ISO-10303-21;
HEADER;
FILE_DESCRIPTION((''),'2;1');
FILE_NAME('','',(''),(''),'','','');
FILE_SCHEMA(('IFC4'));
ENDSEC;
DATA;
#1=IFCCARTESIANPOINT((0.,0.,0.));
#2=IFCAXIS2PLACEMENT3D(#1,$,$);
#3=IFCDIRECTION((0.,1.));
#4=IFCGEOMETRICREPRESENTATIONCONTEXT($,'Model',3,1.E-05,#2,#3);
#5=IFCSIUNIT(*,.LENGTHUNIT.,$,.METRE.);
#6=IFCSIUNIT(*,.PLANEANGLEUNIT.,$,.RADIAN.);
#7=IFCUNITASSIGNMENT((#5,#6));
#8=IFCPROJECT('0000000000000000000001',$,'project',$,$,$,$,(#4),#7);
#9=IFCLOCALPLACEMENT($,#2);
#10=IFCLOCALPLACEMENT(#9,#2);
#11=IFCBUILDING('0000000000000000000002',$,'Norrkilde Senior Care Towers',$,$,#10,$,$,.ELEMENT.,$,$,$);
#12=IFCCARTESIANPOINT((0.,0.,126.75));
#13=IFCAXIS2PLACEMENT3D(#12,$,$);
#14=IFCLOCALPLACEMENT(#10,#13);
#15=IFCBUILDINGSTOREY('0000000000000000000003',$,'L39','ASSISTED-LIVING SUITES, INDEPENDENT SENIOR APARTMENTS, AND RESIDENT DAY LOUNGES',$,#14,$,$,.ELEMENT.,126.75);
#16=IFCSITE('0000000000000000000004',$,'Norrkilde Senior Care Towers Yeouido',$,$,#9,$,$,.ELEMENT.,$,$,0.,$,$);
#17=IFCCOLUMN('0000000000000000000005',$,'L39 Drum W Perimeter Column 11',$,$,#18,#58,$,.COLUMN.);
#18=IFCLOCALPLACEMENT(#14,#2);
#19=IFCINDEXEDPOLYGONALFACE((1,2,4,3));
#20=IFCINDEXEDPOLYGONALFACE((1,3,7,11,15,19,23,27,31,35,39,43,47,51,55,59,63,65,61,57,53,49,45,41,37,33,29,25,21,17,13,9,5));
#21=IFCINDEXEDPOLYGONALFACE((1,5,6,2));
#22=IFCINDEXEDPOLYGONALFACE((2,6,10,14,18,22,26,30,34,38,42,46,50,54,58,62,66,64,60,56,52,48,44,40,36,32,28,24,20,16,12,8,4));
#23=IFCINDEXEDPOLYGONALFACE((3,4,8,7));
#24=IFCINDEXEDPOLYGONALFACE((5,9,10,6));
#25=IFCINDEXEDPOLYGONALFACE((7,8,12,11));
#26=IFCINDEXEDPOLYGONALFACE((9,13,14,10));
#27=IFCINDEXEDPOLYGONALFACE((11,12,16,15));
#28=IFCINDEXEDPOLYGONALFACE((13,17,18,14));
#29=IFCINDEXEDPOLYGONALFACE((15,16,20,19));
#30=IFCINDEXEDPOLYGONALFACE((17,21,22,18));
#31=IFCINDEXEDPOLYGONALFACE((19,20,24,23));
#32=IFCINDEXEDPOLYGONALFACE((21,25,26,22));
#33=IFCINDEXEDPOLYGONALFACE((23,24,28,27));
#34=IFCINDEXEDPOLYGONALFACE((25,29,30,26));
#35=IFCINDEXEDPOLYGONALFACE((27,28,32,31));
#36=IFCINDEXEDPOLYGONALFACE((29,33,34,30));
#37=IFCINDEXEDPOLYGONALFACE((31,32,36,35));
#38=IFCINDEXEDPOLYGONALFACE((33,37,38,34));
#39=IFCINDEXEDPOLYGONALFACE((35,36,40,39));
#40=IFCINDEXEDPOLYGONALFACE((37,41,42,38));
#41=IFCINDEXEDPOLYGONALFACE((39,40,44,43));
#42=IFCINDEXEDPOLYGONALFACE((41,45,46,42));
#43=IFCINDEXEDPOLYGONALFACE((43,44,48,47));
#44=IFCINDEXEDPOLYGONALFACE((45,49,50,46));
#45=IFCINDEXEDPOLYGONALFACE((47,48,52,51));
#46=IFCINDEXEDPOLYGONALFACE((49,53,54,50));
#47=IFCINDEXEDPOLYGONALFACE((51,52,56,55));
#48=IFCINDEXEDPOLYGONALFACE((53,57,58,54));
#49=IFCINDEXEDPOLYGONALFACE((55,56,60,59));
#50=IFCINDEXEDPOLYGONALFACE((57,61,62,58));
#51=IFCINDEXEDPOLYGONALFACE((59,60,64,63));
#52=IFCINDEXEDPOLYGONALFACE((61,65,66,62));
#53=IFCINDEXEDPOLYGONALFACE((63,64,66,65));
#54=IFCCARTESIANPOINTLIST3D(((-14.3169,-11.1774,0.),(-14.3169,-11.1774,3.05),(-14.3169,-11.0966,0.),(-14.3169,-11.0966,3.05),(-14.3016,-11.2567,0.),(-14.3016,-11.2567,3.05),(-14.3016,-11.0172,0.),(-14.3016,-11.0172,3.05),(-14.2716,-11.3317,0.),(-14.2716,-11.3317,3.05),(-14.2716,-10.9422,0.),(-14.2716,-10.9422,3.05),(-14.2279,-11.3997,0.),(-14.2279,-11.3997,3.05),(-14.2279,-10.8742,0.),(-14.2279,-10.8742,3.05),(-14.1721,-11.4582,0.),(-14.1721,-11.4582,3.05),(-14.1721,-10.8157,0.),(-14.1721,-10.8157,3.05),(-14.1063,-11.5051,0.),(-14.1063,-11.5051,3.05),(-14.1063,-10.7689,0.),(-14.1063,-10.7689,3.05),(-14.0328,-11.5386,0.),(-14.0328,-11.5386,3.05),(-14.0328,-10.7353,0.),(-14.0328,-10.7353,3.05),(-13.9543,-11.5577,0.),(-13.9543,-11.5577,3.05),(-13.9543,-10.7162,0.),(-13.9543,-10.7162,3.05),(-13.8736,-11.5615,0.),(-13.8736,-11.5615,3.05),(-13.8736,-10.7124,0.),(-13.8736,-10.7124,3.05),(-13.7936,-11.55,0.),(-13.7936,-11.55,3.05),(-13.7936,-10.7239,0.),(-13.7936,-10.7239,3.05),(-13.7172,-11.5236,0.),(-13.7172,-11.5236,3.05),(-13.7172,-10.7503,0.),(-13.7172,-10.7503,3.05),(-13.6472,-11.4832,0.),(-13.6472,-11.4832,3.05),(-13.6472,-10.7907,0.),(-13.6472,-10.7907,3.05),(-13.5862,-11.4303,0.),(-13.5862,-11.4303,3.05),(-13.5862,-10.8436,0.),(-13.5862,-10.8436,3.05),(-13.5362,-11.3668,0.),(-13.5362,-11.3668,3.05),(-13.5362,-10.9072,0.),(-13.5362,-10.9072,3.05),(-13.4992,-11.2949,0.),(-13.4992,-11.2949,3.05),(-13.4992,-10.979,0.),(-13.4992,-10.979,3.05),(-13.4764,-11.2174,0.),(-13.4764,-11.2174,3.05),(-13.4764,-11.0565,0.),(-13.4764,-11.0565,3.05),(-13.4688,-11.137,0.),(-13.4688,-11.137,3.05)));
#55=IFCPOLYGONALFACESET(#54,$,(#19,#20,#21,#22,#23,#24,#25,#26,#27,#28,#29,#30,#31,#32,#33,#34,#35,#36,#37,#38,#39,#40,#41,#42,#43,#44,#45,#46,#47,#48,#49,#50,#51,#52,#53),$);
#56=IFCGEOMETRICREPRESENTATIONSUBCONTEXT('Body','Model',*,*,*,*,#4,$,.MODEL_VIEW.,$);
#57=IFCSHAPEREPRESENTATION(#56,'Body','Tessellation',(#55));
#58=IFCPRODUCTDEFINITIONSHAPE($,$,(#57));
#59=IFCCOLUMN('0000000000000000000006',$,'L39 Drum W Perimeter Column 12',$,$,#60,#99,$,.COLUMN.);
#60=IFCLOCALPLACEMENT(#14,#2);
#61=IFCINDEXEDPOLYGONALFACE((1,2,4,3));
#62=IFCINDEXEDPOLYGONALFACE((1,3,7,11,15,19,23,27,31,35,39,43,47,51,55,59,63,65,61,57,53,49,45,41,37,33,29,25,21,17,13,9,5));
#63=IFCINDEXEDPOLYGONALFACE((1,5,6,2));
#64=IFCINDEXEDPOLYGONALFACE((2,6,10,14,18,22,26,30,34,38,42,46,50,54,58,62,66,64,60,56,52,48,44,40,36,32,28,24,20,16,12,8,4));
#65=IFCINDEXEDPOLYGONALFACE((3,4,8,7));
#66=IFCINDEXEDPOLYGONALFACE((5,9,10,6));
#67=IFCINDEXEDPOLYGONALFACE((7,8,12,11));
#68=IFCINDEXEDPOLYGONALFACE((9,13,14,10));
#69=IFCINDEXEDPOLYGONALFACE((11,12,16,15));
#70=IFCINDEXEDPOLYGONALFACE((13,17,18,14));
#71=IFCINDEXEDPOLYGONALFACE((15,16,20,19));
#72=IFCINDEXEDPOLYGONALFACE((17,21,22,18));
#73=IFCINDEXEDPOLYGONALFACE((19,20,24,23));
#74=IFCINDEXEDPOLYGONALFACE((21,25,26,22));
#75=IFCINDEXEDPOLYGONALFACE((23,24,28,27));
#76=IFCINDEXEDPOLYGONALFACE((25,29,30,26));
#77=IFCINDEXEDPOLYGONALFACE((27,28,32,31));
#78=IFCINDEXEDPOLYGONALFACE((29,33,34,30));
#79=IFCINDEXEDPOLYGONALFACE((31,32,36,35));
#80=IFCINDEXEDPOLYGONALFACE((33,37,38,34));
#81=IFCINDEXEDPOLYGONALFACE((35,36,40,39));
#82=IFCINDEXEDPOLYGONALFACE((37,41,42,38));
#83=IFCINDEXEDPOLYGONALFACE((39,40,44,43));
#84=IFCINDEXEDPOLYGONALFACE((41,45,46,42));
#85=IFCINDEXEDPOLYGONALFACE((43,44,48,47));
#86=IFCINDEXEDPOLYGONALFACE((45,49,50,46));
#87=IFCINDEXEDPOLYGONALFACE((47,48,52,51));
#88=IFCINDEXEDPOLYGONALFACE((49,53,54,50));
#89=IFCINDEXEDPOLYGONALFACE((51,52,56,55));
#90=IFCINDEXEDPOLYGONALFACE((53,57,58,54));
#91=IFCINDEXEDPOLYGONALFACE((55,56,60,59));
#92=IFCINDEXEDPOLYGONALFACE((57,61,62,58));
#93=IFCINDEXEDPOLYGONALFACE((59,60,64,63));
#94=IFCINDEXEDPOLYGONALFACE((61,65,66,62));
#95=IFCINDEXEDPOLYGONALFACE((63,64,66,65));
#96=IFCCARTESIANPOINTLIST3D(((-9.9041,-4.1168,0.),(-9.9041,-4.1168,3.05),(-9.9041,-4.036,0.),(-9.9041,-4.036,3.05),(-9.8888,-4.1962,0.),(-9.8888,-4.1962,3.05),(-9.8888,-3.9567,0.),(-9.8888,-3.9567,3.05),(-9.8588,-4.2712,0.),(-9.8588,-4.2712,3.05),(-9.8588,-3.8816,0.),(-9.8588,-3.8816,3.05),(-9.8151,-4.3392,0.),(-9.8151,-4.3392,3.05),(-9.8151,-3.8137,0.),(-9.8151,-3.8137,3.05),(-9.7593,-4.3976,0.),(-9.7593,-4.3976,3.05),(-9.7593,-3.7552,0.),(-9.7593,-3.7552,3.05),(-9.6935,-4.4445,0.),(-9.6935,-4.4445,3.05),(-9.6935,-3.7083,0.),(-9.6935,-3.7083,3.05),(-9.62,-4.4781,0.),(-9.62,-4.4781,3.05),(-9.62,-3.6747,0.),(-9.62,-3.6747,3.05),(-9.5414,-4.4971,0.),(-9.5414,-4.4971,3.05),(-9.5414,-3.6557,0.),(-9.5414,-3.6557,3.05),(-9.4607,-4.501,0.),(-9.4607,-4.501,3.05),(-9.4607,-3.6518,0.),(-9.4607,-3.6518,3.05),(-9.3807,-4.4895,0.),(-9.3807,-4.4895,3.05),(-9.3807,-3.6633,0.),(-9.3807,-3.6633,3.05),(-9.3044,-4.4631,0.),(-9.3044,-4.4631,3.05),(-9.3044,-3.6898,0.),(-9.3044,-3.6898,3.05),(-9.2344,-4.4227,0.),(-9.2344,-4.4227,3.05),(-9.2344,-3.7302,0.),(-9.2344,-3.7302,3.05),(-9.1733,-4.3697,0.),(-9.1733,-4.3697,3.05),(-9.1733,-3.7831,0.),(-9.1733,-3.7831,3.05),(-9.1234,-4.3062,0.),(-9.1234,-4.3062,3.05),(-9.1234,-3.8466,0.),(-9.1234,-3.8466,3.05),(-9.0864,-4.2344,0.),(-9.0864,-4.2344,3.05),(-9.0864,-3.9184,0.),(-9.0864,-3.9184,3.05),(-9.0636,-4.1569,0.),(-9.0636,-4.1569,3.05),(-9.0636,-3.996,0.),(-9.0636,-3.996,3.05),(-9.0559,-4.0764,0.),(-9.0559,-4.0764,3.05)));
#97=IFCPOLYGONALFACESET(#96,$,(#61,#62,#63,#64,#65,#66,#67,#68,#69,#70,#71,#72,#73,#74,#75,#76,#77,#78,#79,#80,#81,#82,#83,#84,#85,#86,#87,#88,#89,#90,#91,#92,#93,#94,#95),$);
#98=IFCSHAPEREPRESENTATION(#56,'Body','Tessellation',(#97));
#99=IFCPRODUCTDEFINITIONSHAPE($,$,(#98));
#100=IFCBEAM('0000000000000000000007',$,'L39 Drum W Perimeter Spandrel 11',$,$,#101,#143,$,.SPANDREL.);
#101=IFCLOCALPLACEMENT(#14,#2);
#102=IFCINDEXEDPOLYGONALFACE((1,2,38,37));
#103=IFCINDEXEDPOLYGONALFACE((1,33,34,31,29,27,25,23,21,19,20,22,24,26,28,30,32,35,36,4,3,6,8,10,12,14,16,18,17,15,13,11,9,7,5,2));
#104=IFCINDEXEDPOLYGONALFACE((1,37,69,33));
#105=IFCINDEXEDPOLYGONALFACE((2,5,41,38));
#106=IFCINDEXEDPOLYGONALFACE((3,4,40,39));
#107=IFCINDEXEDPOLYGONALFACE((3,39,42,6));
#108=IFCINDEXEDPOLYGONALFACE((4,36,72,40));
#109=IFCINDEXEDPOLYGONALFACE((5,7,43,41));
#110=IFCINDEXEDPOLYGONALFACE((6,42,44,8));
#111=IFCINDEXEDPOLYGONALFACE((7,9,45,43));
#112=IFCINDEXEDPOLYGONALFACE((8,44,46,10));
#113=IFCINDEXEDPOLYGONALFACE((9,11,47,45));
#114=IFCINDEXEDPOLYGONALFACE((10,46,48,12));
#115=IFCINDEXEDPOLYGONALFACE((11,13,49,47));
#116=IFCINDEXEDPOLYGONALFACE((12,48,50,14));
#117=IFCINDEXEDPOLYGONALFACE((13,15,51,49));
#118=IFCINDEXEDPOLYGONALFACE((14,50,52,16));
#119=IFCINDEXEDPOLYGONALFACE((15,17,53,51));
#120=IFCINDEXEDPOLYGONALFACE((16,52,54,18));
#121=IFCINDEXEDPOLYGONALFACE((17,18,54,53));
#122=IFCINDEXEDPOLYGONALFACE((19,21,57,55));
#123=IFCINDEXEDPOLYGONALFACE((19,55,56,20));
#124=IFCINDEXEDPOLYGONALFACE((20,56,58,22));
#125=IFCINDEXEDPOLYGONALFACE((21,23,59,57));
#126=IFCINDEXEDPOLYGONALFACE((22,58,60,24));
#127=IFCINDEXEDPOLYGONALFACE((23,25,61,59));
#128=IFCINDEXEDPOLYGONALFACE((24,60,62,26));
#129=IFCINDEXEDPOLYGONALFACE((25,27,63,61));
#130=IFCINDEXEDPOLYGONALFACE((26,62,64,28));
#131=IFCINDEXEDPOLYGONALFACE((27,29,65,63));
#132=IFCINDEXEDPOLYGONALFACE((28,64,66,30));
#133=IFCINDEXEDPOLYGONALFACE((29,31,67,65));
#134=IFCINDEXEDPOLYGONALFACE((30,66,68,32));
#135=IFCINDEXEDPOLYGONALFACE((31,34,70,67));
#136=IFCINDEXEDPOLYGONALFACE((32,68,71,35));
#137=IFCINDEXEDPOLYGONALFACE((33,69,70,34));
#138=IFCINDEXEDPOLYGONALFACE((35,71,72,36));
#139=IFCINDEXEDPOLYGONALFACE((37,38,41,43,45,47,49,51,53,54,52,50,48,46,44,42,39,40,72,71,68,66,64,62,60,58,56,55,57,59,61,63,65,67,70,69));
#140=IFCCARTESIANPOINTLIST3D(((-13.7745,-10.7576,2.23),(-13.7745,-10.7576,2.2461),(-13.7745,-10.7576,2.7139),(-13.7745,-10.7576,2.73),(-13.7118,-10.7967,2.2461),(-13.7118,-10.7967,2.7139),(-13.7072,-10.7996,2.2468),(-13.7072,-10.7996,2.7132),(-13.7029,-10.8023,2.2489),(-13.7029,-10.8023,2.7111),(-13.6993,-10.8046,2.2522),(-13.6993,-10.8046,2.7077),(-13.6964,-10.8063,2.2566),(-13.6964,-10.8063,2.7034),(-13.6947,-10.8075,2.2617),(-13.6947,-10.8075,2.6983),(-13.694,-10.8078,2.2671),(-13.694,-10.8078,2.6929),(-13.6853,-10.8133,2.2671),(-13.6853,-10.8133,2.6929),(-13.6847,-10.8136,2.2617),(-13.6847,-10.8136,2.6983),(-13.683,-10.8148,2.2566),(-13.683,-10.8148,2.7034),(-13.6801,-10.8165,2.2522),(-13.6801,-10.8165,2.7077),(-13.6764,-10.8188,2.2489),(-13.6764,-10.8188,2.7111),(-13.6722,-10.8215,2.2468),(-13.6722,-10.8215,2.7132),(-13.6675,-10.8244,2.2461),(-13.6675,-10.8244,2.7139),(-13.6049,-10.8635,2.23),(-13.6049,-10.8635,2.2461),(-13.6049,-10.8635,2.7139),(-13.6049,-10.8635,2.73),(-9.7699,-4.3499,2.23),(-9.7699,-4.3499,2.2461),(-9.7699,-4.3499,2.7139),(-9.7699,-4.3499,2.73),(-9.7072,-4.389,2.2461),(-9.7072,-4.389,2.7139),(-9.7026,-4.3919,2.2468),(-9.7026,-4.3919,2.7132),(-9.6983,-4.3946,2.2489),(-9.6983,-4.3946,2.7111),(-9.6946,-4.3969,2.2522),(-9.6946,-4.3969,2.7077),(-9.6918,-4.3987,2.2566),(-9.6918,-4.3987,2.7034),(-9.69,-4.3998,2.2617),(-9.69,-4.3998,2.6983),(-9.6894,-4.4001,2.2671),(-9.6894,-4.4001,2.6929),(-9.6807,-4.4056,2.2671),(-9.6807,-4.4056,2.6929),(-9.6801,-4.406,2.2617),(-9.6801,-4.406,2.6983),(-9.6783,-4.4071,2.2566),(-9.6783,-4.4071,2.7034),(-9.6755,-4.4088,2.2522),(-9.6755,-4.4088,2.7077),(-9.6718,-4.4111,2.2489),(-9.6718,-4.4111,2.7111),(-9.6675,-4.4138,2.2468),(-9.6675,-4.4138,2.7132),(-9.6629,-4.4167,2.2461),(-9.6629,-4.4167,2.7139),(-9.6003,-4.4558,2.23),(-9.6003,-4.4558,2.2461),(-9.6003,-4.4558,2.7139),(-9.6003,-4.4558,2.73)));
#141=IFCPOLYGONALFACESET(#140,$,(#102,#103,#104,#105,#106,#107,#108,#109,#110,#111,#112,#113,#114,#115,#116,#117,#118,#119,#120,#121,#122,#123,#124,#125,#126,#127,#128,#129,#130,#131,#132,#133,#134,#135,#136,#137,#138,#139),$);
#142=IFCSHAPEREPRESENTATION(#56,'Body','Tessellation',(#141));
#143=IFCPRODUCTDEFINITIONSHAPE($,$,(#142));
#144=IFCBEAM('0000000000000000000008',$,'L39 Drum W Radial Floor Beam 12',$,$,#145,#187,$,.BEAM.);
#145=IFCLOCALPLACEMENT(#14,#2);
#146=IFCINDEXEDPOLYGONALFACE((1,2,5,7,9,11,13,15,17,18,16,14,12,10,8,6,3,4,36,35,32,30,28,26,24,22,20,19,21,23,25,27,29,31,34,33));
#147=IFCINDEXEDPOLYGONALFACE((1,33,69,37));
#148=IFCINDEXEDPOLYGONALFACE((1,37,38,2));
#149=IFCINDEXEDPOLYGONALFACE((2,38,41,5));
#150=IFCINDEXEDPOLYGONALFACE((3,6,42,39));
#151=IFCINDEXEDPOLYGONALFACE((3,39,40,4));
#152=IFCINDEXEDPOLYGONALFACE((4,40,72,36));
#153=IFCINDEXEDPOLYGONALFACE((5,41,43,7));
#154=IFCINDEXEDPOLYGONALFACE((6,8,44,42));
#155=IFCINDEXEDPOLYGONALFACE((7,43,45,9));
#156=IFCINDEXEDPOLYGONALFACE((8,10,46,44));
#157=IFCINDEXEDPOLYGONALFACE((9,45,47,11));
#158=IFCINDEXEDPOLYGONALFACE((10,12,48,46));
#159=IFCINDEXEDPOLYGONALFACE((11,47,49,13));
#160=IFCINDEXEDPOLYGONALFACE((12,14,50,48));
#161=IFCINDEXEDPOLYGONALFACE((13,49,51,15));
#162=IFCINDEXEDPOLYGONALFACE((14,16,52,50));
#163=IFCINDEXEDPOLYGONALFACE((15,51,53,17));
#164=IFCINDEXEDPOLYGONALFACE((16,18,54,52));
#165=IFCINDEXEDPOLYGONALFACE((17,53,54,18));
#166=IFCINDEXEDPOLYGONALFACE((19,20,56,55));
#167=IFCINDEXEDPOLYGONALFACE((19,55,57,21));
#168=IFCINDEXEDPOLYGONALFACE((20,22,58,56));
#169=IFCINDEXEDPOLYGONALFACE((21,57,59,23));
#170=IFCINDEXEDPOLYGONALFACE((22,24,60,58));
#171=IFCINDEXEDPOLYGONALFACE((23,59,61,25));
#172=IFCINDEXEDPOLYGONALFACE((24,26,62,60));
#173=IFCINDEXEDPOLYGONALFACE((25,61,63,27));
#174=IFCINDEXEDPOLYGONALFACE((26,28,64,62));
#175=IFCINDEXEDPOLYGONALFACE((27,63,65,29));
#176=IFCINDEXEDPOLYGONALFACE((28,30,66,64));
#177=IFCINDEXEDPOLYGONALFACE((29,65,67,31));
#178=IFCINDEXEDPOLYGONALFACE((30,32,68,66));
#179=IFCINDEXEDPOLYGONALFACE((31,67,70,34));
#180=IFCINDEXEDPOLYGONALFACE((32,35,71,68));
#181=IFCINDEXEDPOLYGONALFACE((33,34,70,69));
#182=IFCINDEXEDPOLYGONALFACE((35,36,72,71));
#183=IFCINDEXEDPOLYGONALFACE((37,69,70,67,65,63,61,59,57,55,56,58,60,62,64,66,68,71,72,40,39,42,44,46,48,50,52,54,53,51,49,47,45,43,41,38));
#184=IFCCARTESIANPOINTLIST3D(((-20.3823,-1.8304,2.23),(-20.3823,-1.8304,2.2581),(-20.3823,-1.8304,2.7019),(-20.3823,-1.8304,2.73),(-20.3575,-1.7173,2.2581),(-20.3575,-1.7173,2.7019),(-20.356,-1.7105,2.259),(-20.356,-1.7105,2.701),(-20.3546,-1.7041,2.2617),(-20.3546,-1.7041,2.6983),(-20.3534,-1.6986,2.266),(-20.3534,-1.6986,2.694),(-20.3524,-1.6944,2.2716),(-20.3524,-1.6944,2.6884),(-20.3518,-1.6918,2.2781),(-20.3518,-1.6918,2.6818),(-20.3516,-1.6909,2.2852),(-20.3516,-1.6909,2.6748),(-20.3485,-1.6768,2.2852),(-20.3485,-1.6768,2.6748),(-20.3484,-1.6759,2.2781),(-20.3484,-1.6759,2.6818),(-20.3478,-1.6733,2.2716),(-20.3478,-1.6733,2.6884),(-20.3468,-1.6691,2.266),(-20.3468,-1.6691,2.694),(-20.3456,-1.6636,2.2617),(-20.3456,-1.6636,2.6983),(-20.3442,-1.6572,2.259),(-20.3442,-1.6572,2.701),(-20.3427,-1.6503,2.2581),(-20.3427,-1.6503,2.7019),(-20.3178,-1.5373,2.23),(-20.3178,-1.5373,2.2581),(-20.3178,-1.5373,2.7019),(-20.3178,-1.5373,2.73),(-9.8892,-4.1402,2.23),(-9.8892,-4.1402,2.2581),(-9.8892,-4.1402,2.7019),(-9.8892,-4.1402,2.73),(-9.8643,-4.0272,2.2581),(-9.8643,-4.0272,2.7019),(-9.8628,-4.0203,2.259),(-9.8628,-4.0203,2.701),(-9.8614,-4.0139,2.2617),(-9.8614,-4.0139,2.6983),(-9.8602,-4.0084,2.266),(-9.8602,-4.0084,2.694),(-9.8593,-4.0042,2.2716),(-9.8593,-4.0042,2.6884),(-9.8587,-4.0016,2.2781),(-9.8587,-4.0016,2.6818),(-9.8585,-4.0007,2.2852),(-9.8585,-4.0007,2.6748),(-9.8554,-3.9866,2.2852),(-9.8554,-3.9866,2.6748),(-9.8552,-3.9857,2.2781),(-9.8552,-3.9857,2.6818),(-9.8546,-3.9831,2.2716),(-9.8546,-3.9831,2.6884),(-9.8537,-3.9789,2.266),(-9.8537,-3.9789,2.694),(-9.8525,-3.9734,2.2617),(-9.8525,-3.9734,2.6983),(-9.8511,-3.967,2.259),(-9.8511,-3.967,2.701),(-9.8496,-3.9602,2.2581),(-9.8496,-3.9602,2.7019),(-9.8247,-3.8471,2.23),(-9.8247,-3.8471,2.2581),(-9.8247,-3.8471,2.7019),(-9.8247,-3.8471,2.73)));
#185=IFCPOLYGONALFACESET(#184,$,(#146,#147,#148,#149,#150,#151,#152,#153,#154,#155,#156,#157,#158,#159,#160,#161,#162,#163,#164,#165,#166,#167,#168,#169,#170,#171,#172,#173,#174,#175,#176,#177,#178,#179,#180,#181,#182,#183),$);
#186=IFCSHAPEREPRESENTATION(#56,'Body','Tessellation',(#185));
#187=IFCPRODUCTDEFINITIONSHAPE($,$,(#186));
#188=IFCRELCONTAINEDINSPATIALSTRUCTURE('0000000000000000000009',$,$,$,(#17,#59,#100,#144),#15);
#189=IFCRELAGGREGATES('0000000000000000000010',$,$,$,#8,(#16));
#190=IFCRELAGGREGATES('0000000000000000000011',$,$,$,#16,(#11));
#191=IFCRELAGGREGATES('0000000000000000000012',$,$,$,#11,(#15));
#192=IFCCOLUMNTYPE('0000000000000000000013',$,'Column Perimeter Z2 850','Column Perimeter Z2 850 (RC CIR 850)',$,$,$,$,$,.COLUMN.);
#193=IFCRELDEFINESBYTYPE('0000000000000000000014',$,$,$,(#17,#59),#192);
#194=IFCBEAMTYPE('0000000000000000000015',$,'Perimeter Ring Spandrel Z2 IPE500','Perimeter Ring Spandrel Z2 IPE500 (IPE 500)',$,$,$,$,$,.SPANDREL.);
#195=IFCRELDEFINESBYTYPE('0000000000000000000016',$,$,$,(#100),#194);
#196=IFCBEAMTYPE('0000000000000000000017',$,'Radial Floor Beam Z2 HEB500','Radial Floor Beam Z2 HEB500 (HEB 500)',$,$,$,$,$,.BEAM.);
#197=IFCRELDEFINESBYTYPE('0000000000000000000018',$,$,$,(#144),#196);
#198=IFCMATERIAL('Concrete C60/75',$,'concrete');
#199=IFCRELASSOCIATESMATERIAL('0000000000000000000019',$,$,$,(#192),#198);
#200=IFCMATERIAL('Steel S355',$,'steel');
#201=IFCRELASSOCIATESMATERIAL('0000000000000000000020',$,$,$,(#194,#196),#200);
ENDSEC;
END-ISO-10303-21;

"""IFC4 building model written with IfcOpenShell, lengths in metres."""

from ifc_helpers import new_model, si_unit, direction, frame, origin, origin_2d, place, context, subcontext, project, spatial, circle, i_section, extrude, source, transform, mapped, material, material_profile, profile_set, type_object, type_shapes, element, save


model = new_model("IFC4")

# Units and contexts
model_context = context("Model", 3, precision=1e-05, world=origin(), true_north=direction((0.0, 1.0)))
body_context = subcontext(model_context, "Body", "Model", "MODEL_VIEW")
ifc_project = project(units=[si_unit("LENGTHUNIT", "METRE"), si_unit("PLANEANGLEUNIT", "RADIAN")], contexts=[model_context])

# Site, building, storey
site_placement = place(None, origin())
site = spatial("IfcSite", under=ifc_project, at=site_placement, Name="Norrkilde Senior Care Towers Yeouido", CompositionType="ELEMENT", RefElevation=0.0)
building_placement = place(site_placement, origin())
building = spatial("IfcBuilding", under=site, at=building_placement, Name="Norrkilde Senior Care Towers", CompositionType="ELEMENT")
storey_placement = place(building_placement, frame((0.0, 0.0, 126.75)))
storey = spatial("IfcBuildingStorey", under=building, at=storey_placement, Name="L39", Description="ASSISTED-LIVING SUITES, INDEPENDENT SENIOR APARTMENTS, AND RESIDENT DAY LOUNGES", CompositionType="ELEMENT", Elevation=126.75)

# Columns
ifc_material_1 = material(Name="Concrete C60/75", Category="concrete")
ifc_material_profile_1 = material_profile(ifc_material_1, circle(Radius=0.425, at=origin_2d()), Name="RC CIR 850")
ifc_profile_set_1 = profile_set([ifc_material_profile_1], Name="Concrete C60/75")
column_type = type_object("IfcColumnType", Name="Column Perimeter Z2 850", Description="Column Perimeter Z2 850 (RC CIR 850)", PredefinedType="COLUMN", material=ifc_profile_set_1)
shared_shape_1 = source(origin(), body_context, "Body", "SweptSolid", [
    extrude(circle(Radius=0.425, at=origin_2d()), origin(), (0.0, 0.0, 1.0), 3.05),
])
type_shapes(column_type, [shared_shape_1])
for number, where, z_axis, x_axis, name in (
    (1, (-13.8938, -11.137, 0.0), (0.0, 0.0, 1.0), (1.0, 0.0, 0.0), "L39 Drum W Perimeter Column 11"),
    (2, (-9.481, -4.0764, 0.0), (0.0, 0.0, 1.0), (1.0, 0.0, 0.0), "L39 Drum W Perimeter Column 12"),
):
    element("IfcColumn", number, at=place(storey_placement, frame(where, z_axis=z_axis, x_axis=x_axis)), inside=storey, type_object=column_type, Name=name, PredefinedType="COLUMN", context=body_context, shape_type="MappedRepresentation", body=[
        mapped(shared_shape_1, transform((0.0, 0.0, 0.0), x_axis=(1.0, 0.0, 0.0), y_axis=(0.0, 1.0, 0.0), z_axis=(0.0, 0.0, 1.0), scale=1.0)),
    ])

# Beams
ifc_material_2 = material(Name="Steel S355", Category="steel")
ifc_material_profile_2 = material_profile(ifc_material_2, i_section(OverallWidth=0.2, OverallDepth=0.5, WebThickness=0.0103, FlangeThickness=0.0161, FilletRadius=0.021, at=origin_2d()), Name="IPE 500")
ifc_profile_set_2 = profile_set([ifc_material_profile_2], Name="Steel S355")
beam_type_1 = type_object("IfcBeamType", Name="Perimeter Ring Spandrel Z2 IPE500", Description="Perimeter Ring Spandrel Z2 IPE500 (IPE 500)", PredefinedType="SPANDREL", material=ifc_profile_set_2)
shared_shape_2 = source(origin(), body_context, "Body", "SweptSolid", [
    extrude(i_section(OverallWidth=0.2, OverallDepth=0.5, WebThickness=0.0103, FlangeThickness=0.0161, FilletRadius=0.021, at=origin_2d()), origin(), (0.0, 0.0, 1.0), 7.5562),
])
beam_1_placement = place(storey_placement, frame((-13.6897, -10.8105, 2.48), z_axis=(0.529982, 0.848009, 0.0), x_axis=(-0.848009, 0.529982, 0.0)))
element("IfcBeam", 3, at=beam_1_placement, inside=storey, type_object=beam_type_1, Name="L39 Drum W Perimeter Spandrel 11", PredefinedType="SPANDREL", context=body_context, shape_type="MappedRepresentation", body=[
    mapped(shared_shape_2, transform((0.0, 0.0, 0.0), x_axis=(1.0, 0.0, 0.0), y_axis=(0.0, 1.0, 0.0), z_axis=(0.0, 0.0, 1.0), scale=1.0)),
])
ifc_material_profile_3 = material_profile(ifc_material_2, i_section(OverallWidth=0.3, OverallDepth=0.5, WebThickness=0.0144, FlangeThickness=0.0281, FilletRadius=0.0271, at=origin_2d()), Name="HEB 500")
ifc_profile_set_3 = profile_set([ifc_material_profile_3], Name="Steel S355")
beam_type_2 = type_object("IfcBeamType", Name="Radial Floor Beam Z2 HEB500", Description="Radial Floor Beam Z2 HEB500 (HEB 500)", PredefinedType="BEAM", material=ifc_profile_set_3)
shared_shape_3 = source(origin(), body_context, "Body", "SweptSolid", [
    extrude(i_section(OverallWidth=0.3, OverallDepth=0.5, WebThickness=0.0144, FlangeThickness=0.0281, FilletRadius=0.0271, at=origin_2d()), origin(), (0.0, 0.0, 1.0), 10.7444),
])
type_shapes(beam_type_2, [shared_shape_3])
beam_2_placement = place(storey_placement, frame((-20.3501, -1.6838, 2.48), z_axis=(0.976619, -0.214979, 0.0), x_axis=(0.214979, 0.976619, 0.0)))
element("IfcBeam", 4, at=beam_2_placement, inside=storey, type_object=beam_type_2, Name="L39 Drum W Radial Floor Beam 12", PredefinedType="BEAM", context=body_context, shape_type="MappedRepresentation", body=[
    mapped(shared_shape_3, transform((0.0, 0.0, 0.0), x_axis=(1.0, 0.0, 0.0), y_axis=(0.0, 1.0, 0.0), z_axis=(0.0, 0.0, 1.0), scale=1.0)),
])

save(model, "model.ifc")
